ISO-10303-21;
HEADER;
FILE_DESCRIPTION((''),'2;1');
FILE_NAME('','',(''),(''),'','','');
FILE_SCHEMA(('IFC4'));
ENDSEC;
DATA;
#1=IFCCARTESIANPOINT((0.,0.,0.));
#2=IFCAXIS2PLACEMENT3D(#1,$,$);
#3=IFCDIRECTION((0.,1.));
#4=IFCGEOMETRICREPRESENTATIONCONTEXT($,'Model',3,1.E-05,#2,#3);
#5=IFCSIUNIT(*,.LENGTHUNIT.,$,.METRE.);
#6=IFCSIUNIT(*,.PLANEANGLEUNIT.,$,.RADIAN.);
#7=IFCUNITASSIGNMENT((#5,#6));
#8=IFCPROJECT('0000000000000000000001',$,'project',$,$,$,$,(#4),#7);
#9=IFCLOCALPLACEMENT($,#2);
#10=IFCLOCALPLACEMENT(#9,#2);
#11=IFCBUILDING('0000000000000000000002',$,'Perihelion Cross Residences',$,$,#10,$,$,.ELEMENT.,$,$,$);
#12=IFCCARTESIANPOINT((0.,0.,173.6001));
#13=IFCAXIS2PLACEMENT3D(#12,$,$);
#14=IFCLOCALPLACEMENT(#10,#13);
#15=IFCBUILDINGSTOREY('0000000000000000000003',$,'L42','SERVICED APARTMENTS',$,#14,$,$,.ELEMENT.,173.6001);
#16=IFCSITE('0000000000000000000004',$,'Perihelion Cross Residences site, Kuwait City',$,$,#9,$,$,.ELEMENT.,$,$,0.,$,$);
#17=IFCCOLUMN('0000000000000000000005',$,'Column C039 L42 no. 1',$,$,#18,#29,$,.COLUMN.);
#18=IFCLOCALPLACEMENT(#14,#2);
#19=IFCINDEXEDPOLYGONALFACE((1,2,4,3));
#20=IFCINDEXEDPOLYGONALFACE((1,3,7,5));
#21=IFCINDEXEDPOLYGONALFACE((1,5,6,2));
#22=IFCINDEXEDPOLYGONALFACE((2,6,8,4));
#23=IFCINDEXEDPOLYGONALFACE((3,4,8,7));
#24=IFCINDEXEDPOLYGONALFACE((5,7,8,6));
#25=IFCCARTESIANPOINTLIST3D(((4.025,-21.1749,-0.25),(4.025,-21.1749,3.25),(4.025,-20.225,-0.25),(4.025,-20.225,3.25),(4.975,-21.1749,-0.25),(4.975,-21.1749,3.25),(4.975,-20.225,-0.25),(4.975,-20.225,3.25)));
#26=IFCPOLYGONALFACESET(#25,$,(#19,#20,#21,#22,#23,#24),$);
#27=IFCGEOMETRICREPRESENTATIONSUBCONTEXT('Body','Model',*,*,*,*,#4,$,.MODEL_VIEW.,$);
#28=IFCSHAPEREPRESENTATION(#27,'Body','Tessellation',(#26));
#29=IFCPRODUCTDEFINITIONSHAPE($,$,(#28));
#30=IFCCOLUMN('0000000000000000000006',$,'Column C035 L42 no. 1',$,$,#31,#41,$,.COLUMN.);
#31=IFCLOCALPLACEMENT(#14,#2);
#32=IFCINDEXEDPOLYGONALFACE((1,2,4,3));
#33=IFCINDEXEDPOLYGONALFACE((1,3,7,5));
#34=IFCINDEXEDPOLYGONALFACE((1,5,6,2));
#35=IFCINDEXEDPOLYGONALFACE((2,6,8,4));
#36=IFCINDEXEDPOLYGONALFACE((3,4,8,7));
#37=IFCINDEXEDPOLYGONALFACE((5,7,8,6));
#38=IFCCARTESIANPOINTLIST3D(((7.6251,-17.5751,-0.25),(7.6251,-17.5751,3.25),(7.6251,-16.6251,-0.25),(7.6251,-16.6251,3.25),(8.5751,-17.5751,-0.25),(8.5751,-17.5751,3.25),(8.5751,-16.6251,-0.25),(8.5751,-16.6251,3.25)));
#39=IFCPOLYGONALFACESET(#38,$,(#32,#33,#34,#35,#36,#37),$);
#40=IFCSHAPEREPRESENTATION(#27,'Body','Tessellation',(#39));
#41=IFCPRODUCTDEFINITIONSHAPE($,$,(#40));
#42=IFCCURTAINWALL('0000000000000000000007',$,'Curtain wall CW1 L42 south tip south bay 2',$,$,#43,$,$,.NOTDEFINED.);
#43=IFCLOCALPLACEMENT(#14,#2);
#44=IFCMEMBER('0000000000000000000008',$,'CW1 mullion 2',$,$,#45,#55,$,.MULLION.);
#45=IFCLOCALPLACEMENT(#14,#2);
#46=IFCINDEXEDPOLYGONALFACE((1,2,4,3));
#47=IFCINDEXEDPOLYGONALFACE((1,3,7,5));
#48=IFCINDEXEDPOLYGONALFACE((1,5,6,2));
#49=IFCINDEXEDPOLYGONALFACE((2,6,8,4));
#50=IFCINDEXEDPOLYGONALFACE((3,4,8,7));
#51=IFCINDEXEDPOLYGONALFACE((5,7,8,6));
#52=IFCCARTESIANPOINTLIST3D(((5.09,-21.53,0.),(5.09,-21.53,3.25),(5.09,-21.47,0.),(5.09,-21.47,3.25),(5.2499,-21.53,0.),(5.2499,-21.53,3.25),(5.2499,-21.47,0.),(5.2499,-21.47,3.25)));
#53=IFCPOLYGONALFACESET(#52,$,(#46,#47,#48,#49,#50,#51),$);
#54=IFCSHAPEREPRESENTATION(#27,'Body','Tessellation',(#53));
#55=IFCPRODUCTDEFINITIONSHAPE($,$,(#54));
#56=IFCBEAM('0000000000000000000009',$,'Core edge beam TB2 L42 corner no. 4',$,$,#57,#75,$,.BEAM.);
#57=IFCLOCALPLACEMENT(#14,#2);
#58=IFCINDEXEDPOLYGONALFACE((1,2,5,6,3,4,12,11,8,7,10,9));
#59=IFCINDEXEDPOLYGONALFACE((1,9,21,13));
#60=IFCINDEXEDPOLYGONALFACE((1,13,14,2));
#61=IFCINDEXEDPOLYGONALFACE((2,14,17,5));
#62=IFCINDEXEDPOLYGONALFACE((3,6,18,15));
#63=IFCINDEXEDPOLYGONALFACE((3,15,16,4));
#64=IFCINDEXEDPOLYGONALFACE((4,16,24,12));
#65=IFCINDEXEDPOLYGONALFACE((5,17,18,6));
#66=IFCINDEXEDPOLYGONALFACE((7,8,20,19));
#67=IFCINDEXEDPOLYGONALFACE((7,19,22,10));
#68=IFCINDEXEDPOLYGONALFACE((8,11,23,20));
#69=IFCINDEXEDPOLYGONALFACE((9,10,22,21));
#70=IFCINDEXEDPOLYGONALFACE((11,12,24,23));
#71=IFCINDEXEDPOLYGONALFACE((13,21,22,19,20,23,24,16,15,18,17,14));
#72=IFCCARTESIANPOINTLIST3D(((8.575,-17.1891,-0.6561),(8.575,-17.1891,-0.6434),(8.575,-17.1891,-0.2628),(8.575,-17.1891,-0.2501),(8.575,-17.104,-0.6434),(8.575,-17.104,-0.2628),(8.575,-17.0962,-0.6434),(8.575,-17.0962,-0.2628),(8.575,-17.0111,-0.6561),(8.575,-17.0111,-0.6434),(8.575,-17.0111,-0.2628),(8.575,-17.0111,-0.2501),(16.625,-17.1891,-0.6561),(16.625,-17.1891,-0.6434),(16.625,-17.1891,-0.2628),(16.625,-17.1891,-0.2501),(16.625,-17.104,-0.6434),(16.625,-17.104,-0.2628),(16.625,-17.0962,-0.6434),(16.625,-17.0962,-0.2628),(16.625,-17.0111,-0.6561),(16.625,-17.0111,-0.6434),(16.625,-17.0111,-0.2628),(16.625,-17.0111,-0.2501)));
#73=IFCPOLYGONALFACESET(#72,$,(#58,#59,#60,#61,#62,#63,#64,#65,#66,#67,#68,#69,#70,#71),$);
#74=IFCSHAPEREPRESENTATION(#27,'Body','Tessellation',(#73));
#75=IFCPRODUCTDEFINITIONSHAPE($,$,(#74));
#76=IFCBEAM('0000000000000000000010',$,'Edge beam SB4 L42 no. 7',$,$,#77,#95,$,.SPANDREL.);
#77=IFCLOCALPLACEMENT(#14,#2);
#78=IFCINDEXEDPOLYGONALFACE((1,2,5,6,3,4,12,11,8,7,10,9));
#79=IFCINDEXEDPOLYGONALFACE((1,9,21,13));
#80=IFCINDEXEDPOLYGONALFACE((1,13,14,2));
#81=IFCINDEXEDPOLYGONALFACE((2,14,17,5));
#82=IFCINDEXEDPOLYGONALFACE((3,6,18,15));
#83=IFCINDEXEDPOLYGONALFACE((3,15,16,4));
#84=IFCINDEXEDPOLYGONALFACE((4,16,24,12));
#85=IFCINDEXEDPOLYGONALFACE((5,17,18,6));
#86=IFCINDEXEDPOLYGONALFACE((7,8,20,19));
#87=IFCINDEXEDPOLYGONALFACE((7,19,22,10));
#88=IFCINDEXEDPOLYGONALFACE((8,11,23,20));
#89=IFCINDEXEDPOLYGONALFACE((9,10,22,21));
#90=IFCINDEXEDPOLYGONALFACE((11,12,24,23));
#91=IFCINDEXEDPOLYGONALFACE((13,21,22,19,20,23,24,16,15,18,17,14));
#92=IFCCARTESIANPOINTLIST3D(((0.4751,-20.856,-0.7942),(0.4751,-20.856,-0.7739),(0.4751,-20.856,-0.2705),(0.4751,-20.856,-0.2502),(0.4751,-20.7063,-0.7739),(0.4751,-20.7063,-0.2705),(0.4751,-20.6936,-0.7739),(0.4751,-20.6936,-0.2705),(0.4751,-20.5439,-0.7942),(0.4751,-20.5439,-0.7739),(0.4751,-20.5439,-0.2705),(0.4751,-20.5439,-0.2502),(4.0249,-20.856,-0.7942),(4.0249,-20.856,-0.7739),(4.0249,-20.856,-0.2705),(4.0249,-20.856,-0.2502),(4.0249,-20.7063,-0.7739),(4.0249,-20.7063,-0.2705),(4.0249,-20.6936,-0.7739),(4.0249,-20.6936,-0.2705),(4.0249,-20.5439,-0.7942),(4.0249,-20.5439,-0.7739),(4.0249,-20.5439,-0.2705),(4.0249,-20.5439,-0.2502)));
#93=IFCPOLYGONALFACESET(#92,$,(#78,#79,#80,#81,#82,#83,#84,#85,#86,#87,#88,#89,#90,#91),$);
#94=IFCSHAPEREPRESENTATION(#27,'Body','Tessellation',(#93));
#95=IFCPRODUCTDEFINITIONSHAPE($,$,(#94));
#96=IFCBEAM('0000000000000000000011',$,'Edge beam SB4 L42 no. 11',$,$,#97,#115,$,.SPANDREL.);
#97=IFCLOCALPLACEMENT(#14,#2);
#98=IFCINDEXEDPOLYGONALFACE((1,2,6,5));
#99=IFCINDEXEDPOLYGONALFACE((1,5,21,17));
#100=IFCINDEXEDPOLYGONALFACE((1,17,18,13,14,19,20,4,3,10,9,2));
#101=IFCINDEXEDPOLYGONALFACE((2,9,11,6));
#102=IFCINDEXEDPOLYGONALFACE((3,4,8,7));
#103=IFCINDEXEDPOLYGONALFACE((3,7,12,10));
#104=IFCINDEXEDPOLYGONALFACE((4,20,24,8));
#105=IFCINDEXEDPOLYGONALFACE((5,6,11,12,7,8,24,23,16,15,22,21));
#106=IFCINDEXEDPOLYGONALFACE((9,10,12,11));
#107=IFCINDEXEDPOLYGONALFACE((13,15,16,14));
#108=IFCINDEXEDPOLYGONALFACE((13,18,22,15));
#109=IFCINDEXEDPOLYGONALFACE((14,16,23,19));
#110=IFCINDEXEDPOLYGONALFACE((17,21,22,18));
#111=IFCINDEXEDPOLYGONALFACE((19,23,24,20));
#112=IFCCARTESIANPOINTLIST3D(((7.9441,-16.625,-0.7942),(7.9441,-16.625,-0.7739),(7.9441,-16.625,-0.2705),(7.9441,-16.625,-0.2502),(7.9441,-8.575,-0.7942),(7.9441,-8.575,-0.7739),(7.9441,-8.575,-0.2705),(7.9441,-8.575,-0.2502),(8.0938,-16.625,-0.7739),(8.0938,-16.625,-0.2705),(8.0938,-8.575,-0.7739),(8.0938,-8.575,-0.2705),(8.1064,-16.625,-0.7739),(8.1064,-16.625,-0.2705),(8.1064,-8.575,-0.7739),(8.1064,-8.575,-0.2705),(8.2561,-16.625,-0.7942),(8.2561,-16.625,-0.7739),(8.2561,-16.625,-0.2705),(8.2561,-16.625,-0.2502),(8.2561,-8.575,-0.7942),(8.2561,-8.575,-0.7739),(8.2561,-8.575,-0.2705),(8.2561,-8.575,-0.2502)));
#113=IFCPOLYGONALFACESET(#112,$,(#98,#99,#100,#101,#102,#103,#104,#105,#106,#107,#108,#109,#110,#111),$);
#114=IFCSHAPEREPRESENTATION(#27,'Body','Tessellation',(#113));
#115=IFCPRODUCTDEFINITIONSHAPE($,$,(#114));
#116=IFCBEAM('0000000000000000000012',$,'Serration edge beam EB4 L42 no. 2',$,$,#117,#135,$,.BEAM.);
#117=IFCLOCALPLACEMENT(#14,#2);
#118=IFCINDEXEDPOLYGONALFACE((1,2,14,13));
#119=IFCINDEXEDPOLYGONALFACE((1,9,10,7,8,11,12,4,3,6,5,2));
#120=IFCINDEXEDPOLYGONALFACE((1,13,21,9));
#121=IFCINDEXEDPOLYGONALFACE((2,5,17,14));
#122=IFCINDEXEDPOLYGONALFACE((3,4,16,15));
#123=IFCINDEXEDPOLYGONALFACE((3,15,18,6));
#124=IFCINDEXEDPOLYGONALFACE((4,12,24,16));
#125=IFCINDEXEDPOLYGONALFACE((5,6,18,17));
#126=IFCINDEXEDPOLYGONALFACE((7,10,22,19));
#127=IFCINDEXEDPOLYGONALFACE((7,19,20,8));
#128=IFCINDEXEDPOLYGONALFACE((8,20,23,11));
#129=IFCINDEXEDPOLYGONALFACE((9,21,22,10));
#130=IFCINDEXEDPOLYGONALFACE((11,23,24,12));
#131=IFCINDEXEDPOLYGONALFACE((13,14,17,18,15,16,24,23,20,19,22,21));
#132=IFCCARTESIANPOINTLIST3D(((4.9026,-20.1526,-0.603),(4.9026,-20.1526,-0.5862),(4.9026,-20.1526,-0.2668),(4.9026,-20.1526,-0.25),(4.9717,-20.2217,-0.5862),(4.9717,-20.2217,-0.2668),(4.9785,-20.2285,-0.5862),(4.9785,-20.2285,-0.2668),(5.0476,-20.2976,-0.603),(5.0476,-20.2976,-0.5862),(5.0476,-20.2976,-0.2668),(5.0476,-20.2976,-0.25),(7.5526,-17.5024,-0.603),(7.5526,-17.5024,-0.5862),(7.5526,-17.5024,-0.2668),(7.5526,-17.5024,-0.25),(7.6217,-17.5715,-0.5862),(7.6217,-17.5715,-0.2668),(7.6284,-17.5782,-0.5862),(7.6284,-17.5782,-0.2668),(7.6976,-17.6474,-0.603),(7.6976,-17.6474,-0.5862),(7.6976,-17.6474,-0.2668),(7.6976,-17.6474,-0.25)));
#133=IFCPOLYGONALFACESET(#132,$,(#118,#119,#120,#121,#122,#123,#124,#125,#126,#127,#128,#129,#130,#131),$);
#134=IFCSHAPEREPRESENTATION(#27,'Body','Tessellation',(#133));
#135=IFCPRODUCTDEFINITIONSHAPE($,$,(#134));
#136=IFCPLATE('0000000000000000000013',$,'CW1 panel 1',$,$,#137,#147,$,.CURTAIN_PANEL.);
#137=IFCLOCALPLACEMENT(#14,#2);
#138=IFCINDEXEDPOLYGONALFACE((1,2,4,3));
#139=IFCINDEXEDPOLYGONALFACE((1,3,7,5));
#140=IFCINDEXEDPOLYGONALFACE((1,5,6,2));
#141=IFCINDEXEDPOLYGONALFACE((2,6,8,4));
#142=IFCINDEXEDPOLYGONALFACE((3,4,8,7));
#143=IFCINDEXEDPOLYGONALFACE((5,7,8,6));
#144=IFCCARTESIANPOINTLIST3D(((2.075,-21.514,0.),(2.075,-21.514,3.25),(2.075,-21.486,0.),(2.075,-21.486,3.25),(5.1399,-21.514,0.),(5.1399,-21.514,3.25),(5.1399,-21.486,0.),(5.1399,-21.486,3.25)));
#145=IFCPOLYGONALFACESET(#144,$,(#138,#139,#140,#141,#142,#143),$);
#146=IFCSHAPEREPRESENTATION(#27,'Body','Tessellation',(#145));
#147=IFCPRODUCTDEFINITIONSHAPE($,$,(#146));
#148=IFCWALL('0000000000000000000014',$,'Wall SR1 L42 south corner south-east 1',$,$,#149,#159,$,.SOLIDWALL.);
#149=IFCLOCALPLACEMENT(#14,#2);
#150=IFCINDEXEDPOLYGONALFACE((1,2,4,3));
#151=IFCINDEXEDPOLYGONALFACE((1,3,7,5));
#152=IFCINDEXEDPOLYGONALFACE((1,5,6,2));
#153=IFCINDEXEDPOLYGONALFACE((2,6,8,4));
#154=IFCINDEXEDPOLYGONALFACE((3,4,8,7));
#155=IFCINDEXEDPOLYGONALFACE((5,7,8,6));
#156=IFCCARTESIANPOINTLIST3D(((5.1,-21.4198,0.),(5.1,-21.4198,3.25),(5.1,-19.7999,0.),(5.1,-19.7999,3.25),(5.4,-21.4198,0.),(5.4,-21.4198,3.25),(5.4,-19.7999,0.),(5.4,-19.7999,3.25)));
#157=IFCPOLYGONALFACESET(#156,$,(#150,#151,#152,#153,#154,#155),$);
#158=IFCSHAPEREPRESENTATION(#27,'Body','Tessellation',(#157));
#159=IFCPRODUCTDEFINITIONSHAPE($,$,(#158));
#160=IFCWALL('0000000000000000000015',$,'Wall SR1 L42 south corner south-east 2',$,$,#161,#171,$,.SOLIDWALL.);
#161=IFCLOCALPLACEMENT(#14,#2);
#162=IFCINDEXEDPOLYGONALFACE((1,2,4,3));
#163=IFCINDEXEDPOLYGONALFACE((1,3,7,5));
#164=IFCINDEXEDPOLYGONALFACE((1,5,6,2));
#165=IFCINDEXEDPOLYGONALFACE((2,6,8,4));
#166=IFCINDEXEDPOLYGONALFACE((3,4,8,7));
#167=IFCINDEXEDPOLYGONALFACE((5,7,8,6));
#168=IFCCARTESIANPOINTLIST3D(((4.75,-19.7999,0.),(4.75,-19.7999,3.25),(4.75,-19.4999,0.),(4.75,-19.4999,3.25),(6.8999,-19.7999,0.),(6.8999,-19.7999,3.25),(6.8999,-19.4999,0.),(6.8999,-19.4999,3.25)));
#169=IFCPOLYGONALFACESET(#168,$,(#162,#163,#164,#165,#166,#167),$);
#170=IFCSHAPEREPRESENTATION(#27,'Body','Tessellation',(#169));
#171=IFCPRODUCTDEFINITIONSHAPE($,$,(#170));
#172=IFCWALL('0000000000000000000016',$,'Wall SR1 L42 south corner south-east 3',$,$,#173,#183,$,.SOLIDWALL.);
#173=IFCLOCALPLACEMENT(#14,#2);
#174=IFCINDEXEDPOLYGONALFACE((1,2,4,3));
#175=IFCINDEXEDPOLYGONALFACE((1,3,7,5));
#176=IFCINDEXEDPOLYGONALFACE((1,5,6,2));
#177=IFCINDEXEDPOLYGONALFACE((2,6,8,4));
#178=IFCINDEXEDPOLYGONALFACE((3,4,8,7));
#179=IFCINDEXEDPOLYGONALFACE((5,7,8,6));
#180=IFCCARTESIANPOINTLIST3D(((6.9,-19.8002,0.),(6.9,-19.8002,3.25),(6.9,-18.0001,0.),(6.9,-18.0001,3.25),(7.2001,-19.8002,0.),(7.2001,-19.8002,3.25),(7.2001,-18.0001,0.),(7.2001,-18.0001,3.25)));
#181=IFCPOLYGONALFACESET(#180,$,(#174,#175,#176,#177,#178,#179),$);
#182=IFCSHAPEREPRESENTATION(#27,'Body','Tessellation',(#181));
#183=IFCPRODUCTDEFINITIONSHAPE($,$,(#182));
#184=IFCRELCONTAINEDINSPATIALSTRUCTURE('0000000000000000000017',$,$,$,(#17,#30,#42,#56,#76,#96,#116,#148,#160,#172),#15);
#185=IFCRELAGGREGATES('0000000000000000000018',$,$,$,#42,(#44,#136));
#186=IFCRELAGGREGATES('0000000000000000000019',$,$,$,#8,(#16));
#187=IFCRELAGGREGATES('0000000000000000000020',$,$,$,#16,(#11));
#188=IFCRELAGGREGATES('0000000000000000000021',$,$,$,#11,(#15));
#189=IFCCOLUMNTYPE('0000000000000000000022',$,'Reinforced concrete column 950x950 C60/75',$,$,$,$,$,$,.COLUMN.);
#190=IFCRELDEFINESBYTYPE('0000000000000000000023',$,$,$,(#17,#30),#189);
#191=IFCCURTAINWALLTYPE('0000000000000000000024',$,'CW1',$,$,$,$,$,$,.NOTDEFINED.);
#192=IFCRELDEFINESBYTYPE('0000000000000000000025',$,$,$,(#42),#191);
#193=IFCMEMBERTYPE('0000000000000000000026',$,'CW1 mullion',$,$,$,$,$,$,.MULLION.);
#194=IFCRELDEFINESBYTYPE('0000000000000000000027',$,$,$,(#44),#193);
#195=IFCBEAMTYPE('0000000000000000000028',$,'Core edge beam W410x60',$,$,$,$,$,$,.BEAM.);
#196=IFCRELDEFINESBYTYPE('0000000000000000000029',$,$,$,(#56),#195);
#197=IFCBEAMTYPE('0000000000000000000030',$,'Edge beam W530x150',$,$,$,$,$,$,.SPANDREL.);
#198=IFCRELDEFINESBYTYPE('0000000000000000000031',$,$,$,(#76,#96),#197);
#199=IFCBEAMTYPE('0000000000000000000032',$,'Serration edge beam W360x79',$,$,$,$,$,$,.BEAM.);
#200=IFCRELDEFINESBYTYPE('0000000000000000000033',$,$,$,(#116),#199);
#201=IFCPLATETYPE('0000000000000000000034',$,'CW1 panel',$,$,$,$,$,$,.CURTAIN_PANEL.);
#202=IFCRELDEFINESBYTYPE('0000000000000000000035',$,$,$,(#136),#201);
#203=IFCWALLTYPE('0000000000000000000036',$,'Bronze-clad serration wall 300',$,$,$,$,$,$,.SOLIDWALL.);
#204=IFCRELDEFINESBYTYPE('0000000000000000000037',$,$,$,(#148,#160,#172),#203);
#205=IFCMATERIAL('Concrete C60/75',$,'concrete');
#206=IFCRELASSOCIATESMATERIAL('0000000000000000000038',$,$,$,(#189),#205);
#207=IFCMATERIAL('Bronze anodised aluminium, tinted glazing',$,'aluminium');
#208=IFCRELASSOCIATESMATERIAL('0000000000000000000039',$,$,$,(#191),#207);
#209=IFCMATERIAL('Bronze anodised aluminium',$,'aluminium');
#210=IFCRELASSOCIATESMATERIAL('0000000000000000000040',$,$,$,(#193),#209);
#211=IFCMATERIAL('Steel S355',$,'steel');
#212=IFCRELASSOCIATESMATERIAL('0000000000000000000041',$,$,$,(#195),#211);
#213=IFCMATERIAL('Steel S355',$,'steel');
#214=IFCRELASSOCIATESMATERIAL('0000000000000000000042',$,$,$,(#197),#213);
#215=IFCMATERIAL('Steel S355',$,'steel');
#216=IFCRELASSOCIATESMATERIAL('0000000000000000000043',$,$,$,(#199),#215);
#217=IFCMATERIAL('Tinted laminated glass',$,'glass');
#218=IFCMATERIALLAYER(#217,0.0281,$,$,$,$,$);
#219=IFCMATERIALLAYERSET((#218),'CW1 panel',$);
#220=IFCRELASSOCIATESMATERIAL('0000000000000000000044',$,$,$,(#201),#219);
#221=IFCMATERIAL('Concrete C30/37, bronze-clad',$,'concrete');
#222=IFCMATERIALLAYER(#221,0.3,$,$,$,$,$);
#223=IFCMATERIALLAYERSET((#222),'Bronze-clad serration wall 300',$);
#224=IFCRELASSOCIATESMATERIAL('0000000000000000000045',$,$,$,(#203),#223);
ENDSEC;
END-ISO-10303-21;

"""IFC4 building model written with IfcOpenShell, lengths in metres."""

from ifc_helpers import new_model, si_unit, direction, frame, frame_2d, origin, origin_2d, place, context, subcontext, project, spatial, rectangle, i_section, extrude, material, layer, layer_set, material_profile, profile_set, type_object, element, aggregate, save


model = new_model("IFC4")

# Units and contexts
model_context = context("Model", 3, precision=1e-05, world=origin(), true_north=direction((0.0, 1.0)))
body_context = subcontext(model_context, "Body", "Model", "MODEL_VIEW")
ifc_project = project(units=[si_unit("LENGTHUNIT", "METRE"), si_unit("PLANEANGLEUNIT", "RADIAN")], contexts=[model_context])

# Site, building, storey
site_placement = place(None, origin())
site = spatial("IfcSite", under=ifc_project, at=site_placement, Name="Perihelion Cross Residences site, Kuwait City", CompositionType="ELEMENT", RefElevation=0.0)
building_placement = place(site_placement, origin())
building = spatial("IfcBuilding", under=site, at=building_placement, Name="Perihelion Cross Residences", CompositionType="ELEMENT")
storey_placement = place(building_placement, frame((0.0, 0.0, 173.6001)))
storey = spatial("IfcBuildingStorey", under=building, at=storey_placement, Name="L42", Description="SERVICED APARTMENTS", CompositionType="ELEMENT", Elevation=173.6001)

# Columns
ifc_material_1 = material(Name="Concrete C60/75", Category="concrete")
ifc_material_profile_1 = material_profile(ifc_material_1, rectangle(XDim=0.95, YDim=0.95, at=origin_2d()), Name="RC 950x950")
ifc_profile_set_1 = profile_set([ifc_material_profile_1], Name="Concrete C60/75")
column_type = type_object("IfcColumnType", Name="Reinforced concrete column 950x950 C60/75", PredefinedType="COLUMN", material=ifc_profile_set_1)
for number, where, z_axis, x_axis, name in (
    (1, (4.5, -20.7, -0.25), (0.0, 0.0, 1.0), (1.0, 0.0, 0.0), "Column C039 L42 no. 1"),
    (2, (8.1001, -17.1001, -0.25), (0.0, 0.0, 1.0), (1.0, 0.0, 0.0), "Column C035 L42 no. 1"),
):
    element("IfcColumn", number, at=place(storey_placement, frame(where, z_axis=z_axis, x_axis=x_axis)), inside=storey, type_object=column_type, Name=name, PredefinedType="COLUMN", context=body_context, shape_type="SweptSolid", body=[
        extrude(rectangle(XDim=0.95, YDim=0.95, at=origin_2d()), origin(), (0.0, 0.0, 1.0), 3.5),
    ])

# Curtain wall, member
ifc_material_2 = material(Name="Bronze anodised aluminium, tinted glazing", Category="aluminium")
curtain_wall_type = type_object("IfcCurtainWallType", Name="CW1", PredefinedType="NOTDEFINED", material=ifc_material_2)
curtain_wall_placement = place(storey_placement, origin())
curtain_wall = element("IfcCurtainWall", 3, at=curtain_wall_placement, inside=storey, type_object=curtain_wall_type, Name="Curtain wall CW1 L42 south tip south bay 2", PredefinedType="NOTDEFINED")
ifc_material_3 = material(Name="Bronze anodised aluminium", Category="aluminium")
ifc_material_profile_2 = material_profile(ifc_material_3, rectangle(XDim=0.0601, YDim=0.1599, at=origin_2d()), Name="CW1 mullion")
ifc_profile_set_2 = profile_set([ifc_material_profile_2], Name="Bronze anodised aluminium")
member_type = type_object("IfcMemberType", Name="CW1 mullion", PredefinedType="MULLION", material=ifc_profile_set_2)
member_placement = place(storey_placement, frame((5.1699, -21.5, 0.0), z_axis=(0.0, 0.0, 1.0), x_axis=(0.0, 1.0, 0.0)))
member = element("IfcMember", 4, at=member_placement, type_object=member_type, Name="CW1 mullion 2", PredefinedType="MULLION", context=body_context, shape_type="SweptSolid", body=[
    extrude(rectangle(XDim=0.0601, YDim=0.1599, at=origin_2d()), origin(), (0.0, 0.0, 1.0), 3.25),
])

# Beams
ifc_material_4 = material(Name="Steel S355", Category="steel")
ifc_material_profile_3 = material_profile(ifc_material_4, i_section(OverallWidth=0.178, OverallDepth=0.406, WebThickness=0.0078, FlangeThickness=0.0127, at=origin_2d()), Name="W410x60")
ifc_profile_set_3 = profile_set([ifc_material_profile_3], Name="Steel S355")
beam_type_1 = type_object("IfcBeamType", Name="Core edge beam W410x60", PredefinedType="BEAM", material=ifc_profile_set_3)
beam_1_placement = place(storey_placement, frame((8.575, -17.1001, -0.4531), z_axis=(1.0, 0.0, 0.0), x_axis=(0.0, 1.0, 0.0)))
element("IfcBeam", 5, at=beam_1_placement, inside=storey, type_object=beam_type_1, Name="Core edge beam TB2 L42 corner no. 4", PredefinedType="BEAM", context=body_context, shape_type="SweptSolid", body=[
    extrude(i_section(OverallWidth=0.178, OverallDepth=0.406, WebThickness=0.0078, FlangeThickness=0.0127, at=origin_2d()), origin(), (0.0, 0.0, 1.0), 8.05),
])
ifc_material_5 = material(Name="Steel S355", Category="steel")
ifc_material_profile_4 = material_profile(ifc_material_5, i_section(OverallWidth=0.312, OverallDepth=0.5439, WebThickness=0.0127, FlangeThickness=0.0203, at=origin_2d()), Name="W530x150")
ifc_profile_set_4 = profile_set([ifc_material_profile_4], Name="Steel S355")
beam_type_2 = type_object("IfcBeamType", Name="Edge beam W530x150", PredefinedType="SPANDREL", material=ifc_profile_set_4)
beam_2_placement = place(storey_placement, frame((0.4751, -20.7, -0.5222), z_axis=(1.0, 0.0, 0.0), x_axis=(0.0, 1.0, 0.0)))
element("IfcBeam", 6, at=beam_2_placement, inside=storey, type_object=beam_type_2, Name="Edge beam SB4 L42 no. 7", PredefinedType="SPANDREL", context=body_context, shape_type="SweptSolid", body=[
    extrude(i_section(OverallWidth=0.312, OverallDepth=0.5439, WebThickness=0.0127, FlangeThickness=0.0203, at=origin_2d()), origin(), (0.0, 0.0, 1.0), 3.5498),
])
beam_3_placement = place(storey_placement, frame((8.1001, -16.625, -0.5222), z_axis=(0.0, 1.0, 0.0), x_axis=(-1.0, 0.0, 0.0)))
element("IfcBeam", 7, at=beam_3_placement, inside=storey, type_object=beam_type_2, Name="Edge beam SB4 L42 no. 11", PredefinedType="SPANDREL", context=body_context, shape_type="SweptSolid", body=[
    extrude(i_section(OverallWidth=0.312, OverallDepth=0.5439, WebThickness=0.0127, FlangeThickness=0.0203, at=origin_2d()), origin(), (0.0, 0.0, 1.0), 8.05),
])
ifc_material_6 = material(Name="Steel S355", Category="steel")
ifc_material_profile_5 = material_profile(ifc_material_6, i_section(OverallWidth=0.2051, OverallDepth=0.353, WebThickness=0.0095, FlangeThickness=0.0168, at=origin_2d()), Name="W360x79")
ifc_profile_set_5 = profile_set([ifc_material_profile_5], Name="Steel S355")
beam_type_3 = type_object("IfcBeamType", Name="Serration edge beam W360x79", PredefinedType="BEAM", material=ifc_profile_set_5)
beam_4_placement = place(storey_placement, frame((4.9751, -20.2251, -0.4265), z_axis=(0.707074, 0.707139, 0.0), x_axis=(-0.707139, 0.707074, 0.0)))
element("IfcBeam", 8, at=beam_4_placement, inside=storey, type_object=beam_type_3, Name="Serration edge beam EB4 L42 no. 2", PredefinedType="BEAM", context=body_context, shape_type="SweptSolid", body=[
    extrude(i_section(OverallWidth=0.2051, OverallDepth=0.353, WebThickness=0.0095, FlangeThickness=0.0168, at=origin_2d()), origin(), (0.0, 0.0, 1.0), 3.7478),
])

# Plate
ifc_material_7 = material(Name="Tinted laminated glass", Category="glass")
ifc_layer_1 = layer(ifc_material_7, 0.0281)
ifc_layer_set_1 = layer_set([ifc_layer_1], Name="CW1 panel")
plate_type = type_object("IfcPlateType", Name="CW1 panel", PredefinedType="CURTAIN_PANEL", material=ifc_layer_set_1)
plate_placement = place(storey_placement, frame((3.6074, -21.5, 0.0), z_axis=(0.0, 0.0, 1.0), x_axis=(1.0, 0.0, 0.0)))
plate = element("IfcPlate", 9, at=plate_placement, type_object=plate_type, Name="CW1 panel 1", PredefinedType="CURTAIN_PANEL", context=body_context, shape_type="SweptSolid", body=[
    extrude(rectangle(XDim=3.0649, YDim=0.0281, at=origin_2d()), origin(), (0.0, 0.0, 1.0), 3.25),
])
aggregate(curtain_wall, [member, plate])

# Walls
ifc_material_8 = material(Name="Concrete C30/37, bronze-clad", Category="concrete")
ifc_layer_2 = layer(ifc_material_8, 0.3)
ifc_layer_set_2 = layer_set([ifc_layer_2], Name="Bronze-clad serration wall 300")
wall_type_1 = type_object("IfcWallType", Name="Bronze-clad serration wall 300", PredefinedType="SOLIDWALL", material=ifc_layer_set_2)
wall_1_placement = place(storey_placement, frame((5.25, -21.4199, 0.0), z_axis=(0.0, 0.0, 1.0), x_axis=(0.0, 1.0, 0.0)))
element("IfcWall", 10, at=wall_1_placement, inside=storey, type_object=wall_type_1, Name="Wall SR1 L42 south corner south-east 1", PredefinedType="SOLIDWALL", context=body_context, shape_type="SweptSolid", body=[
    extrude(rectangle(XDim=1.6199, YDim=0.3, at=frame_2d((0.8101, 0.0))), origin(), (0.0, 0.0, 1.0), 3.25),
])
wall_2_placement = place(storey_placement, frame((4.75, -19.6499, 0.0), z_axis=(0.0, 0.0, 1.0), x_axis=(1.0, 0.0, 0.0)))
element("IfcWall", 11, at=wall_2_placement, inside=storey, type_object=wall_type_1, Name="Wall SR1 L42 south corner south-east 2", PredefinedType="SOLIDWALL", context=body_context, shape_type="SweptSolid", body=[
    extrude(rectangle(XDim=2.1499, YDim=0.3, at=frame_2d((1.075, 0.0))), origin(), (0.0, 0.0, 1.0), 3.25),
])
wall_3_placement = place(storey_placement, frame((7.05, -19.8, 0.0), z_axis=(0.0, 0.0, 1.0), x_axis=(0.0, 1.0, 0.0)))
element("IfcWall", 12, at=wall_3_placement, inside=storey, type_object=wall_type_1, Name="Wall SR1 L42 south corner south-east 3", PredefinedType="SOLIDWALL", context=body_context, shape_type="SweptSolid", body=[
    extrude(rectangle(XDim=1.8, YDim=0.3, at=frame_2d((0.8999, 0.0))), origin(), (0.0, 0.0, 1.0), 3.25),
])

save(model, "model.ifc")
